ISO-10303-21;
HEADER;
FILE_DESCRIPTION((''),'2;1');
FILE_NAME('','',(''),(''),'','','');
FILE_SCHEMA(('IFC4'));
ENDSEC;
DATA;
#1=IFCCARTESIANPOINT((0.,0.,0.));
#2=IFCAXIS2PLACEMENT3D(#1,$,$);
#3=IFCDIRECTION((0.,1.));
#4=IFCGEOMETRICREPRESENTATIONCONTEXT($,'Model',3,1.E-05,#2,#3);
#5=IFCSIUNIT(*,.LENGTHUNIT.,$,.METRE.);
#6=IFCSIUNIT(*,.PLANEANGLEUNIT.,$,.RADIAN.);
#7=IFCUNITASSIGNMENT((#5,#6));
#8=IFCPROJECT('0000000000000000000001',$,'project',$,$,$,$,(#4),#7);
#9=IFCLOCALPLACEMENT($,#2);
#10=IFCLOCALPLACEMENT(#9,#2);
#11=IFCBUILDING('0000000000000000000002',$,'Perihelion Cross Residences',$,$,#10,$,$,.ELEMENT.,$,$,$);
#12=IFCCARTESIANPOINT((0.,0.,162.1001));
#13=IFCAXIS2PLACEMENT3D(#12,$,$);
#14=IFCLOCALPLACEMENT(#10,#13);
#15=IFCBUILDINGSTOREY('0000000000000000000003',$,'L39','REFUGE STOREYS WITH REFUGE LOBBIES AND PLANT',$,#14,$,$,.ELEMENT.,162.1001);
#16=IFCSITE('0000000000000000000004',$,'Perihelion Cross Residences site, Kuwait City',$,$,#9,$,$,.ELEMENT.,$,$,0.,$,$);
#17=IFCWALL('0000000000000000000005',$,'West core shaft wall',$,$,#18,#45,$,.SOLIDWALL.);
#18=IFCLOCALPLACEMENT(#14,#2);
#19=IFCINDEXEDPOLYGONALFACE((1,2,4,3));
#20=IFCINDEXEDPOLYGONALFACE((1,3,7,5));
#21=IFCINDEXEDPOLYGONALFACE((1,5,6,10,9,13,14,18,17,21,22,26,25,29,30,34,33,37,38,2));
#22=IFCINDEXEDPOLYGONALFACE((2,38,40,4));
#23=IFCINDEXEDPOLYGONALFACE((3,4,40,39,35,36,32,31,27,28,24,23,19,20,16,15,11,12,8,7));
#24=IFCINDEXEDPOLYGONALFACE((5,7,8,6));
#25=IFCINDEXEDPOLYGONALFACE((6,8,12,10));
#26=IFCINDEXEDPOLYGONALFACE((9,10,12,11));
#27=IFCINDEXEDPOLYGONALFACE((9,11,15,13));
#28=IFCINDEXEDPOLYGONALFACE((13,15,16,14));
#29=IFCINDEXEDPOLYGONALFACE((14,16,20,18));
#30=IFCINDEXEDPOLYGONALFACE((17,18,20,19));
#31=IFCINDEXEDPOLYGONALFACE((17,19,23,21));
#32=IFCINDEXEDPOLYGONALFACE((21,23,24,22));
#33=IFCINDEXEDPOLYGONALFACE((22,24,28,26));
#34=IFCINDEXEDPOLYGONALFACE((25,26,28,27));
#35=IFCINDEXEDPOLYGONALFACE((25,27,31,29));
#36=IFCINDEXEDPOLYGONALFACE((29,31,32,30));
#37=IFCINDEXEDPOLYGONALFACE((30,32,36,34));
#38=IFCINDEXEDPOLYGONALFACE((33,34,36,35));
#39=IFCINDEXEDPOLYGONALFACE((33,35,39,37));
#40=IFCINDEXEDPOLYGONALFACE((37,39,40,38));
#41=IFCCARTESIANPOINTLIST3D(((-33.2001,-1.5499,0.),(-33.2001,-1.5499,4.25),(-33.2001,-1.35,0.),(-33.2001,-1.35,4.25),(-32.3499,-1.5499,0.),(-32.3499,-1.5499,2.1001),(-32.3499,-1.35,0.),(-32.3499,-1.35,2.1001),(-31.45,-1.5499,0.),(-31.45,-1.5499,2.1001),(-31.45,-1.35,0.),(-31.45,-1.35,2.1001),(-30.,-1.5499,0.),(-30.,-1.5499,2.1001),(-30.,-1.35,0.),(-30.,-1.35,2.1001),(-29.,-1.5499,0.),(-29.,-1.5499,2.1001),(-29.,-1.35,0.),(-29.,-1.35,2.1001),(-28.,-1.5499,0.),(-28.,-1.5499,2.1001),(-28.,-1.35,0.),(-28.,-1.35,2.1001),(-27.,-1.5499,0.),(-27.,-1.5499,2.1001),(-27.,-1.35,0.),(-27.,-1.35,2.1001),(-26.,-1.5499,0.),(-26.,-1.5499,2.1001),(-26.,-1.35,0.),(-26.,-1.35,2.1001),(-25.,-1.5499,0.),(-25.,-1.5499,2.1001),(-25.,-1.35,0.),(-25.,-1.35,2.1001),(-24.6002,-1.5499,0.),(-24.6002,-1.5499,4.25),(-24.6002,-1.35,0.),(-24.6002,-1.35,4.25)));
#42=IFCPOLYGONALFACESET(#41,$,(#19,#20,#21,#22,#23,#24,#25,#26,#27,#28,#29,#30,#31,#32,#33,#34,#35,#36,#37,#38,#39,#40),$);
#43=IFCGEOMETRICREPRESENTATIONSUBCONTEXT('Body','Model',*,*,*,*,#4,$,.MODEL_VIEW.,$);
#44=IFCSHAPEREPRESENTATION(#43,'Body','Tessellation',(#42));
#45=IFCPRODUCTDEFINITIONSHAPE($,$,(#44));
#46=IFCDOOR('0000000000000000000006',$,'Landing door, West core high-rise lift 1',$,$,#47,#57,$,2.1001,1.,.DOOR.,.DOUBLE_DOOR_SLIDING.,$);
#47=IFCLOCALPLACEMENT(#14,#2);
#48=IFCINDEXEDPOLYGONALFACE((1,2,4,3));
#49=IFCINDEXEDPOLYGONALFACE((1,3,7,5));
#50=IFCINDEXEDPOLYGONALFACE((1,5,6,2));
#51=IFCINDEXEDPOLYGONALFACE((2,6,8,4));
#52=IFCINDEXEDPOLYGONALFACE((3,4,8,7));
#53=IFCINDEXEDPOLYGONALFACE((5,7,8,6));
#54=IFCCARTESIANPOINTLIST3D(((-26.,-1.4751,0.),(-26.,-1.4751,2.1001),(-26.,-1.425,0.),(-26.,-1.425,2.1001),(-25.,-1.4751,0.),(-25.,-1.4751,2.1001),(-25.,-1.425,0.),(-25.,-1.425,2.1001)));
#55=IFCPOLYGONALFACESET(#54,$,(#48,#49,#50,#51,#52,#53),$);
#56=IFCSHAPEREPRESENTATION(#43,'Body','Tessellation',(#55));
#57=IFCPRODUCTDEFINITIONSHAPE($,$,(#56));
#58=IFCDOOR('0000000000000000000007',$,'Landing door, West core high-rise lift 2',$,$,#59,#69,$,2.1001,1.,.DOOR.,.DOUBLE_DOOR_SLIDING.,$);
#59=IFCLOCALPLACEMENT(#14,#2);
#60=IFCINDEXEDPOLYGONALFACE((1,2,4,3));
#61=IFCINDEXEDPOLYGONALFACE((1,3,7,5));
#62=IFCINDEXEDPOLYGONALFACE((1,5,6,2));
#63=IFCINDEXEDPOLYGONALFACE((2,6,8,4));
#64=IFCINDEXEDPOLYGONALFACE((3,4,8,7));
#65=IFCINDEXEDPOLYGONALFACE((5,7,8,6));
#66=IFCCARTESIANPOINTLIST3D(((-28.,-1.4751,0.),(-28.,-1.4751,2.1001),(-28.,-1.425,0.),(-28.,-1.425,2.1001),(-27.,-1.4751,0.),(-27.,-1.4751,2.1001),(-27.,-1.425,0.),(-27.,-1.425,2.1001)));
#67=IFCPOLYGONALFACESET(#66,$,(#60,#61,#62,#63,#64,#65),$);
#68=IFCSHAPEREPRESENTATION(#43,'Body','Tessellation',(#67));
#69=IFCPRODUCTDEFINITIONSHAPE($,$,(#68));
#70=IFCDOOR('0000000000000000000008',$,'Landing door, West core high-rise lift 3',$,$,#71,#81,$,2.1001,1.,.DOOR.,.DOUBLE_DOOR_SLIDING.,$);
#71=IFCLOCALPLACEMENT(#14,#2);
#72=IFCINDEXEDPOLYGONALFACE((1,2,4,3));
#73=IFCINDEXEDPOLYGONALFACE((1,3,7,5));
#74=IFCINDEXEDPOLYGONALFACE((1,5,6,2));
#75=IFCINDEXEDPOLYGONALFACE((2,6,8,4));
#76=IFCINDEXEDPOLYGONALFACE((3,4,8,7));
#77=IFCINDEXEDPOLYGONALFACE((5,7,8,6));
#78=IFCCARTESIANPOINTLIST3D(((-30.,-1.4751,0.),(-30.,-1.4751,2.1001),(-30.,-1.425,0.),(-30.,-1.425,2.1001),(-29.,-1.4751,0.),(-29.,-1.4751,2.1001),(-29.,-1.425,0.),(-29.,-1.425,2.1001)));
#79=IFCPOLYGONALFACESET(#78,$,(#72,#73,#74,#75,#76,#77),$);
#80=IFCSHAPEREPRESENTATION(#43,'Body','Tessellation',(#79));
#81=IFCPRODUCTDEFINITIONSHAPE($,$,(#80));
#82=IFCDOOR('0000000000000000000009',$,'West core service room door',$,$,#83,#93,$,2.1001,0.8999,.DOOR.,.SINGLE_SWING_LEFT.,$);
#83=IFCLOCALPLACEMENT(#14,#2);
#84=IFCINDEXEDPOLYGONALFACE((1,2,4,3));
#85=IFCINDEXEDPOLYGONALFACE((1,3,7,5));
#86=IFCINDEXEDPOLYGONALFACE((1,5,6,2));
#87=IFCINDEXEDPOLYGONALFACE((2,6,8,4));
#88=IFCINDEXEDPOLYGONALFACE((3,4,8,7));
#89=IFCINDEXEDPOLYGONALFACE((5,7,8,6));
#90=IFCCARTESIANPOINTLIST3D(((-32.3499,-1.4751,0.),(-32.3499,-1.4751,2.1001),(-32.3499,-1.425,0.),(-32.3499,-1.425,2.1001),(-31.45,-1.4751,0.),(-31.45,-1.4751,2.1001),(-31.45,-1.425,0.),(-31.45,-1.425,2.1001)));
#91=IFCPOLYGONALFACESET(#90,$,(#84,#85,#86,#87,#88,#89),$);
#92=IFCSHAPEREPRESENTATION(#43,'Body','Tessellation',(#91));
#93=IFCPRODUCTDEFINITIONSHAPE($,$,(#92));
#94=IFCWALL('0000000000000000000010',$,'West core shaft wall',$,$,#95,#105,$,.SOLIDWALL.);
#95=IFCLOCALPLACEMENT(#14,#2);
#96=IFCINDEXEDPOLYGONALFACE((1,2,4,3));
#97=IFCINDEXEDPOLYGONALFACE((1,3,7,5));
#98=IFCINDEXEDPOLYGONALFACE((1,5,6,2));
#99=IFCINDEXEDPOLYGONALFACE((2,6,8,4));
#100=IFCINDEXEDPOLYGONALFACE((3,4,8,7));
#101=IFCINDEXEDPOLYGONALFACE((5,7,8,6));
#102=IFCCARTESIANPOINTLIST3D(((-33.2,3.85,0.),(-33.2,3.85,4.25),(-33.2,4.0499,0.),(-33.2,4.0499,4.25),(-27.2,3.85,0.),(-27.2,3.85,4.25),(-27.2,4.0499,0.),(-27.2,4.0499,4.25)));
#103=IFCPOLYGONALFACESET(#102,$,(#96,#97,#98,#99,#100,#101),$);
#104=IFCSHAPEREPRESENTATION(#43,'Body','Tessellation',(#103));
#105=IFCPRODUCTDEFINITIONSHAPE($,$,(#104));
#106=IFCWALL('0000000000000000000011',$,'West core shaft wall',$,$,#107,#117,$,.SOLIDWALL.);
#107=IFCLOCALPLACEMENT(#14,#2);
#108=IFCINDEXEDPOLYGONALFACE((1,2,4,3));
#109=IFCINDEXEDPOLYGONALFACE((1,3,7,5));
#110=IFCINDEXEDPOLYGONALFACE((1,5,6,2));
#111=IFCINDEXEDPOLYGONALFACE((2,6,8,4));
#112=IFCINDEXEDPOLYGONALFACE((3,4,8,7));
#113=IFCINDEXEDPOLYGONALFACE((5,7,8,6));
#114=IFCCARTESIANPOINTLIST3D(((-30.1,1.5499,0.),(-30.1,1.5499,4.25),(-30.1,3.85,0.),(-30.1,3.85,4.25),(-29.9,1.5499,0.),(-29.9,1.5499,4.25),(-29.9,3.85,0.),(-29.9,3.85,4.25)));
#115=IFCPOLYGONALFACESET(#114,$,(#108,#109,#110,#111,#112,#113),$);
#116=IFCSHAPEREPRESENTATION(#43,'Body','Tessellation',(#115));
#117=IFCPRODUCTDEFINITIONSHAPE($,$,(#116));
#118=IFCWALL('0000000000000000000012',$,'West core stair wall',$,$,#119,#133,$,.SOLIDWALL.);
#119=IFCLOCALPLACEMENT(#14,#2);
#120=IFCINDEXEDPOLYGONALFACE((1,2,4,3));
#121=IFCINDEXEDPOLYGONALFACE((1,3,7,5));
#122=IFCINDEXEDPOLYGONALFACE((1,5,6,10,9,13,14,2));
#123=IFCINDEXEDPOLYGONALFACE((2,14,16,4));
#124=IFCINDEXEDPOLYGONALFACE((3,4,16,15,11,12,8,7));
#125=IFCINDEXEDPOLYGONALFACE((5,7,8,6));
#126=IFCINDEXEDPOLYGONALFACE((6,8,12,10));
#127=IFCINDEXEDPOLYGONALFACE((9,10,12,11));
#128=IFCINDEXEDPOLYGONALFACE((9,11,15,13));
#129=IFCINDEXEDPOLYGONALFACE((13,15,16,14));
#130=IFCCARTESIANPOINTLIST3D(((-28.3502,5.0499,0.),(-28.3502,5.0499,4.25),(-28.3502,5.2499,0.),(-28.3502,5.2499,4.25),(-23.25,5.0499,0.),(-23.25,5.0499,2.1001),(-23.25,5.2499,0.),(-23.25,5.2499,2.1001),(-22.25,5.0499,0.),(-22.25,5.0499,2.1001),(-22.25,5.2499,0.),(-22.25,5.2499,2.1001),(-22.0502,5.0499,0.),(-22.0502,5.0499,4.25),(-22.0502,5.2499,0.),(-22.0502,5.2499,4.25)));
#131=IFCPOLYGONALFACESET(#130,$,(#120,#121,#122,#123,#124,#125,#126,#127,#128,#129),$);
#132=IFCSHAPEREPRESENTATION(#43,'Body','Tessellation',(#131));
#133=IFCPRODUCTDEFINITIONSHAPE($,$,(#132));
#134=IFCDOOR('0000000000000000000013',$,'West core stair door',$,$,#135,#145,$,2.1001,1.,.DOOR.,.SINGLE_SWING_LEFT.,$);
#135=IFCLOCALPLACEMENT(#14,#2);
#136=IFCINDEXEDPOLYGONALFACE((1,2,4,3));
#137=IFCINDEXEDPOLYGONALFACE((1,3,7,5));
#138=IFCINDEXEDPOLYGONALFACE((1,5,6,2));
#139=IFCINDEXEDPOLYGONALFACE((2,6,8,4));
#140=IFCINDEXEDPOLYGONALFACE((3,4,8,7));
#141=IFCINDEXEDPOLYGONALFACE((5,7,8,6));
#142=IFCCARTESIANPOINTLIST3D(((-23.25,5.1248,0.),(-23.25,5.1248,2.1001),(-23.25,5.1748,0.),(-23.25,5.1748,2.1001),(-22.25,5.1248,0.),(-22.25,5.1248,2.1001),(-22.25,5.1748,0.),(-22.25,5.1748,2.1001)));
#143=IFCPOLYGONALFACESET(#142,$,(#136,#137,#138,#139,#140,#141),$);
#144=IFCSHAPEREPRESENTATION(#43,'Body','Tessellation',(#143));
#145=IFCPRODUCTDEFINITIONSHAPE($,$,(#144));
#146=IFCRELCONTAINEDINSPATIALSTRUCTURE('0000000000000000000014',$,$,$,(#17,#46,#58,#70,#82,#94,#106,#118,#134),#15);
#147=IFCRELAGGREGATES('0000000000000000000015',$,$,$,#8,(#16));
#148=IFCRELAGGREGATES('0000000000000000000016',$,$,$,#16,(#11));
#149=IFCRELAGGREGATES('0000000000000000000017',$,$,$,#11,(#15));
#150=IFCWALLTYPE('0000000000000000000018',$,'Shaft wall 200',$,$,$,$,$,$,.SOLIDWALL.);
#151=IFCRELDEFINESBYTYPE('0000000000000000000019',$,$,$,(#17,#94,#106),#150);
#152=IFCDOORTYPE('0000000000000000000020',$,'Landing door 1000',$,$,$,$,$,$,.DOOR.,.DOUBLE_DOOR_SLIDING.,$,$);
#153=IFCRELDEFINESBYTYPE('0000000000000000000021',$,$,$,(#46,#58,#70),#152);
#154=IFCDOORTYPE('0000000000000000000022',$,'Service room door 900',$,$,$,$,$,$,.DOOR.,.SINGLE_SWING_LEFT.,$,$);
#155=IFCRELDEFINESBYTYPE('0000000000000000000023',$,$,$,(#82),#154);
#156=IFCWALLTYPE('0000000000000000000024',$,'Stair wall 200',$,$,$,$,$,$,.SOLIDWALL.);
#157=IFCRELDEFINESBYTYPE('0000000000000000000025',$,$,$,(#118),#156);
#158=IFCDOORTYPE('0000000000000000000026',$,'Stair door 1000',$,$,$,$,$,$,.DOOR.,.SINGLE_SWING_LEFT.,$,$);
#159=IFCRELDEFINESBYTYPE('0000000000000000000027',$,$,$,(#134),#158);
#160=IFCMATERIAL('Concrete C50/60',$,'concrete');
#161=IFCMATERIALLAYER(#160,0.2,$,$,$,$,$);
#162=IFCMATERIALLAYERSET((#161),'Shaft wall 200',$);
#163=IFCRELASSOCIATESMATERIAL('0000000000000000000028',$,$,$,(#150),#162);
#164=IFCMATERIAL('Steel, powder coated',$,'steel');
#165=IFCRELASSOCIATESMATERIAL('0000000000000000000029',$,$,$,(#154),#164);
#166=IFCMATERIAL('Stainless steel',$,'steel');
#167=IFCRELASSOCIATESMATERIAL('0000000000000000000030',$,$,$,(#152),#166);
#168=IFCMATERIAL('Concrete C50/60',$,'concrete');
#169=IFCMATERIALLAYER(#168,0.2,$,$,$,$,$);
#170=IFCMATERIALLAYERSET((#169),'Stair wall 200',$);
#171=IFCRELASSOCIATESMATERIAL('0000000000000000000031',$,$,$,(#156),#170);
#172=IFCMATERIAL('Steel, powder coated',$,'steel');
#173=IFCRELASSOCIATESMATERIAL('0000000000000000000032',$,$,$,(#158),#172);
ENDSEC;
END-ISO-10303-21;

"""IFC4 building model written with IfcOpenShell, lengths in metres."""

from ifc_helpers import new_model, si_unit, direction, frame, frame_2d, origin, place, context, subcontext, project, spatial, rectangle, extrude, material, layer, layer_set, type_object, element, fill, save


model = new_model("IFC4")

# Units and contexts
model_context = context("Model", 3, precision=1e-05, world=origin(), true_north=direction((0.0, 1.0)))
body_context = subcontext(model_context, "Body", "Model", "MODEL_VIEW")
ifc_project = project(units=[si_unit("LENGTHUNIT", "METRE"), si_unit("PLANEANGLEUNIT", "RADIAN")], contexts=[model_context])

# Site, building, storey
site_placement = place(None, origin())
site = spatial("IfcSite", under=ifc_project, at=site_placement, Name="Perihelion Cross Residences site, Kuwait City", CompositionType="ELEMENT", RefElevation=0.0)
building_placement = place(site_placement, origin())
building = spatial("IfcBuilding", under=site, at=building_placement, Name="Perihelion Cross Residences", CompositionType="ELEMENT")
storey_placement = place(building_placement, frame((0.0, 0.0, 162.1001)))
storey = spatial("IfcBuildingStorey", under=building, at=storey_placement, Name="L39", Description="REFUGE STOREYS WITH REFUGE LOBBIES AND PLANT", CompositionType="ELEMENT", Elevation=162.1001)

# Wall, openings, doors
ifc_material_1 = material(Name="Concrete C50/60", Category="concrete")
ifc_layer_1 = layer(ifc_material_1, 0.2)
ifc_layer_set_1 = layer_set([ifc_layer_1], Name="Shaft wall 200")
wall_type_1 = type_object("IfcWallType", Name="Shaft wall 200", PredefinedType="SOLIDWALL", material=ifc_layer_set_1)
ifc_material_2 = material(Name="Steel, powder coated", Category="steel")
door_type_1 = type_object("IfcDoorType", Name="Service room door 900", OperationType="SINGLE_SWING_LEFT", PredefinedType="DOOR", material=ifc_material_2)
wall_1_placement = place(storey_placement, frame((-33.2, -1.45, 0.0), z_axis=(0.0, 0.0, 1.0), x_axis=(1.0, 0.0, 0.0)))
wall_1 = element("IfcWall", 1, at=wall_1_placement, inside=storey, type_object=wall_type_1, Name="West core shaft wall", PredefinedType="SOLIDWALL", context=body_context, shape_type="SweptSolid", body=[
    extrude(rectangle(XDim=8.5999, YDim=0.2, at=frame_2d((4.2998, 0.0))), origin(), (0.0, 0.0, 1.0), 4.25),
])
opening_1_placement = place(wall_1_placement, frame((7.2, 0.0, 0.0)))
opening_1 = element("IfcOpeningElement", 2, at=opening_1_placement, cuts=wall_1, PredefinedType="OPENING", context=body_context, shape_type="SweptSolid", body=[
    extrude(rectangle(XDim=1.0, YDim=2.1001, at=frame_2d((0.5, 1.05))), frame((0.0, 0.1099, 0.0), z_axis=(0.0, -1.0, 0.0), x_axis=(1.0, 0.0, 0.0)), (0.0, 0.0, 1.0), 0.22),
])
opening_2_placement = place(wall_1_placement, frame((5.2, 0.0, 0.0)))
opening_2 = element("IfcOpeningElement", 3, at=opening_2_placement, cuts=wall_1, PredefinedType="OPENING", context=body_context, shape_type="SweptSolid", body=[
    extrude(rectangle(XDim=1.0, YDim=2.1001, at=frame_2d((0.5, 1.05))), frame((0.0, 0.1099, 0.0), z_axis=(0.0, -1.0, 0.0), x_axis=(1.0, 0.0, 0.0)), (0.0, 0.0, 1.0), 0.22),
])
opening_3_placement = place(wall_1_placement, frame((3.2, 0.0, 0.0)))
opening_3 = element("IfcOpeningElement", 4, at=opening_3_placement, cuts=wall_1, PredefinedType="OPENING", context=body_context, shape_type="SweptSolid", body=[
    extrude(rectangle(XDim=1.0, YDim=2.1001, at=frame_2d((0.5, 1.05))), frame((0.0, 0.1099, 0.0), z_axis=(0.0, -1.0, 0.0), x_axis=(1.0, 0.0, 0.0)), (0.0, 0.0, 1.0), 0.22),
])
opening_4_placement = place(wall_1_placement, frame((0.8501, 0.0, 0.0)))
opening_4 = element("IfcOpeningElement", 5, at=opening_4_placement, cuts=wall_1, PredefinedType="OPENING", context=body_context, shape_type="SweptSolid", body=[
    extrude(rectangle(XDim=0.8999, YDim=2.1001, at=frame_2d((0.45, 1.05))), frame((0.0, 0.1099, 0.0), z_axis=(0.0, -1.0, 0.0), x_axis=(1.0, 0.0, 0.0)), (0.0, 0.0, 1.0), 0.22),
])
ifc_material_3 = material(Name="Stainless steel", Category="steel")
door_type_2 = type_object("IfcDoorType", Name="Landing door 1000", OperationType="DOUBLE_DOOR_SLIDING", PredefinedType="DOOR", material=ifc_material_3)
door_1_placement = place(opening_1_placement, origin())
door_1 = element("IfcDoor", 6, at=door_1_placement, inside=storey, type_object=door_type_2, Name="Landing door, West core high-rise lift 1", OperationType="DOUBLE_DOOR_SLIDING", OverallHeight=2.1001, OverallWidth=1.0, PredefinedType="DOOR", context=body_context, shape_type="SweptSolid", body=[
    extrude(rectangle(XDim=1.0, YDim=2.1001, at=frame_2d((0.5, 1.05))), frame((0.0, 0.0249, 0.0), z_axis=(0.0, -1.0, 0.0), x_axis=(1.0, 0.0, 0.0)), (0.0, 0.0, 1.0), 0.05),
])
fill(opening_1, door_1)
door_2_placement = place(opening_2_placement, origin())
door_2 = element("IfcDoor", 7, at=door_2_placement, inside=storey, type_object=door_type_2, Name="Landing door, West core high-rise lift 2", OperationType="DOUBLE_DOOR_SLIDING", OverallHeight=2.1001, OverallWidth=1.0, PredefinedType="DOOR", context=body_context, shape_type="SweptSolid", body=[
    extrude(rectangle(XDim=1.0, YDim=2.1001, at=frame_2d((0.5, 1.05))), frame((0.0, 0.0249, 0.0), z_axis=(0.0, -1.0, 0.0), x_axis=(1.0, 0.0, 0.0)), (0.0, 0.0, 1.0), 0.05),
])
fill(opening_2, door_2)
door_3_placement = place(opening_3_placement, origin())
door_3 = element("IfcDoor", 8, at=door_3_placement, inside=storey, type_object=door_type_2, Name="Landing door, West core high-rise lift 3", OperationType="DOUBLE_DOOR_SLIDING", OverallHeight=2.1001, OverallWidth=1.0, PredefinedType="DOOR", context=body_context, shape_type="SweptSolid", body=[
    extrude(rectangle(XDim=1.0, YDim=2.1001, at=frame_2d((0.5, 1.05))), frame((0.0, 0.0249, 0.0), z_axis=(0.0, -1.0, 0.0), x_axis=(1.0, 0.0, 0.0)), (0.0, 0.0, 1.0), 0.05),
])
fill(opening_3, door_3)
door_4_placement = place(opening_4_placement, origin())
door_4 = element("IfcDoor", 9, at=door_4_placement, inside=storey, type_object=door_type_1, Name="West core service room door", OperationType="SINGLE_SWING_LEFT", OverallHeight=2.1001, OverallWidth=0.8999, PredefinedType="DOOR", context=body_context, shape_type="SweptSolid", body=[
    extrude(rectangle(XDim=0.8999, YDim=2.1001, at=frame_2d((0.45, 1.05))), frame((0.0, 0.0249, 0.0), z_axis=(0.0, -1.0, 0.0), x_axis=(1.0, 0.0, 0.0)), (0.0, 0.0, 1.0), 0.05),
])
fill(opening_4, door_4)

# Walls
wall_2_placement = place(storey_placement, frame((-33.2, 3.95, 0.0), z_axis=(0.0, 0.0, 1.0), x_axis=(1.0, 0.0, 0.0)))
element("IfcWall", 10, at=wall_2_placement, inside=storey, type_object=wall_type_1, Name="West core shaft wall", PredefinedType="SOLIDWALL", context=body_context, shape_type="SweptSolid", body=[
    extrude(rectangle(XDim=6.0, YDim=0.2, at=frame_2d((3.0, 0.0))), origin(), (0.0, 0.0, 1.0), 4.25),
])
wall_3_placement = place(storey_placement, frame((-30.0, 1.55, 0.0), z_axis=(0.0, 0.0, 1.0), x_axis=(0.0, 1.0, 0.0)))
element("IfcWall", 11, at=wall_3_placement, inside=storey, type_object=wall_type_1, Name="West core shaft wall", PredefinedType="SOLIDWALL", context=body_context, shape_type="SweptSolid", body=[
    extrude(rectangle(XDim=2.3, YDim=0.2, at=frame_2d((1.1499, 0.0))), origin(), (0.0, 0.0, 1.0), 4.25),
])

# Wall, opening, door
ifc_material_4 = material(Name="Concrete C50/60", Category="concrete")
ifc_layer_2 = layer(ifc_material_4, 0.2)
ifc_layer_set_2 = layer_set([ifc_layer_2], Name="Stair wall 200")
wall_type_2 = type_object("IfcWallType", Name="Stair wall 200", PredefinedType="SOLIDWALL", material=ifc_layer_set_2)
wall_4_placement = place(storey_placement, frame((-28.3501, 5.1499, 0.0), z_axis=(0.0, 0.0, 1.0), x_axis=(1.0, 0.0, 0.0)))
wall_4 = element("IfcWall", 12, at=wall_4_placement, inside=storey, type_object=wall_type_2, Name="West core stair wall", PredefinedType="SOLIDWALL", context=body_context, shape_type="SweptSolid", body=[
    extrude(rectangle(XDim=6.3, YDim=0.2, at=frame_2d((3.1499, 0.0))), origin(), (0.0, 0.0, 1.0), 4.25),
])
opening_5_placement = place(wall_4_placement, frame((5.1001, 0.0, 0.0)))
opening_5 = element("IfcOpeningElement", 13, at=opening_5_placement, cuts=wall_4, PredefinedType="OPENING", context=body_context, shape_type="SweptSolid", body=[
    extrude(rectangle(XDim=1.0, YDim=2.1001, at=frame_2d((0.5, 1.05))), frame((0.0, 0.1099, 0.0), z_axis=(0.0, -1.0, 0.0), x_axis=(1.0, 0.0, 0.0)), (0.0, 0.0, 1.0), 0.22),
])
ifc_material_5 = material(Name="Steel, powder coated", Category="steel")
door_type_3 = type_object("IfcDoorType", Name="Stair door 1000", OperationType="SINGLE_SWING_LEFT", PredefinedType="DOOR", material=ifc_material_5)
door_5_placement = place(opening_5_placement, origin())
door_5 = element("IfcDoor", 14, at=door_5_placement, inside=storey, type_object=door_type_3, Name="West core stair door", OperationType="SINGLE_SWING_LEFT", OverallHeight=2.1001, OverallWidth=1.0, PredefinedType="DOOR", context=body_context, shape_type="SweptSolid", body=[
    extrude(rectangle(XDim=1.0, YDim=2.1001, at=frame_2d((0.5, 1.05))), frame((0.0, 0.0249, 0.0), z_axis=(0.0, -1.0, 0.0), x_axis=(1.0, 0.0, 0.0)), (0.0, 0.0, 1.0), 0.05),
])
fill(opening_5, door_5)

save(model, "model.ifc")
